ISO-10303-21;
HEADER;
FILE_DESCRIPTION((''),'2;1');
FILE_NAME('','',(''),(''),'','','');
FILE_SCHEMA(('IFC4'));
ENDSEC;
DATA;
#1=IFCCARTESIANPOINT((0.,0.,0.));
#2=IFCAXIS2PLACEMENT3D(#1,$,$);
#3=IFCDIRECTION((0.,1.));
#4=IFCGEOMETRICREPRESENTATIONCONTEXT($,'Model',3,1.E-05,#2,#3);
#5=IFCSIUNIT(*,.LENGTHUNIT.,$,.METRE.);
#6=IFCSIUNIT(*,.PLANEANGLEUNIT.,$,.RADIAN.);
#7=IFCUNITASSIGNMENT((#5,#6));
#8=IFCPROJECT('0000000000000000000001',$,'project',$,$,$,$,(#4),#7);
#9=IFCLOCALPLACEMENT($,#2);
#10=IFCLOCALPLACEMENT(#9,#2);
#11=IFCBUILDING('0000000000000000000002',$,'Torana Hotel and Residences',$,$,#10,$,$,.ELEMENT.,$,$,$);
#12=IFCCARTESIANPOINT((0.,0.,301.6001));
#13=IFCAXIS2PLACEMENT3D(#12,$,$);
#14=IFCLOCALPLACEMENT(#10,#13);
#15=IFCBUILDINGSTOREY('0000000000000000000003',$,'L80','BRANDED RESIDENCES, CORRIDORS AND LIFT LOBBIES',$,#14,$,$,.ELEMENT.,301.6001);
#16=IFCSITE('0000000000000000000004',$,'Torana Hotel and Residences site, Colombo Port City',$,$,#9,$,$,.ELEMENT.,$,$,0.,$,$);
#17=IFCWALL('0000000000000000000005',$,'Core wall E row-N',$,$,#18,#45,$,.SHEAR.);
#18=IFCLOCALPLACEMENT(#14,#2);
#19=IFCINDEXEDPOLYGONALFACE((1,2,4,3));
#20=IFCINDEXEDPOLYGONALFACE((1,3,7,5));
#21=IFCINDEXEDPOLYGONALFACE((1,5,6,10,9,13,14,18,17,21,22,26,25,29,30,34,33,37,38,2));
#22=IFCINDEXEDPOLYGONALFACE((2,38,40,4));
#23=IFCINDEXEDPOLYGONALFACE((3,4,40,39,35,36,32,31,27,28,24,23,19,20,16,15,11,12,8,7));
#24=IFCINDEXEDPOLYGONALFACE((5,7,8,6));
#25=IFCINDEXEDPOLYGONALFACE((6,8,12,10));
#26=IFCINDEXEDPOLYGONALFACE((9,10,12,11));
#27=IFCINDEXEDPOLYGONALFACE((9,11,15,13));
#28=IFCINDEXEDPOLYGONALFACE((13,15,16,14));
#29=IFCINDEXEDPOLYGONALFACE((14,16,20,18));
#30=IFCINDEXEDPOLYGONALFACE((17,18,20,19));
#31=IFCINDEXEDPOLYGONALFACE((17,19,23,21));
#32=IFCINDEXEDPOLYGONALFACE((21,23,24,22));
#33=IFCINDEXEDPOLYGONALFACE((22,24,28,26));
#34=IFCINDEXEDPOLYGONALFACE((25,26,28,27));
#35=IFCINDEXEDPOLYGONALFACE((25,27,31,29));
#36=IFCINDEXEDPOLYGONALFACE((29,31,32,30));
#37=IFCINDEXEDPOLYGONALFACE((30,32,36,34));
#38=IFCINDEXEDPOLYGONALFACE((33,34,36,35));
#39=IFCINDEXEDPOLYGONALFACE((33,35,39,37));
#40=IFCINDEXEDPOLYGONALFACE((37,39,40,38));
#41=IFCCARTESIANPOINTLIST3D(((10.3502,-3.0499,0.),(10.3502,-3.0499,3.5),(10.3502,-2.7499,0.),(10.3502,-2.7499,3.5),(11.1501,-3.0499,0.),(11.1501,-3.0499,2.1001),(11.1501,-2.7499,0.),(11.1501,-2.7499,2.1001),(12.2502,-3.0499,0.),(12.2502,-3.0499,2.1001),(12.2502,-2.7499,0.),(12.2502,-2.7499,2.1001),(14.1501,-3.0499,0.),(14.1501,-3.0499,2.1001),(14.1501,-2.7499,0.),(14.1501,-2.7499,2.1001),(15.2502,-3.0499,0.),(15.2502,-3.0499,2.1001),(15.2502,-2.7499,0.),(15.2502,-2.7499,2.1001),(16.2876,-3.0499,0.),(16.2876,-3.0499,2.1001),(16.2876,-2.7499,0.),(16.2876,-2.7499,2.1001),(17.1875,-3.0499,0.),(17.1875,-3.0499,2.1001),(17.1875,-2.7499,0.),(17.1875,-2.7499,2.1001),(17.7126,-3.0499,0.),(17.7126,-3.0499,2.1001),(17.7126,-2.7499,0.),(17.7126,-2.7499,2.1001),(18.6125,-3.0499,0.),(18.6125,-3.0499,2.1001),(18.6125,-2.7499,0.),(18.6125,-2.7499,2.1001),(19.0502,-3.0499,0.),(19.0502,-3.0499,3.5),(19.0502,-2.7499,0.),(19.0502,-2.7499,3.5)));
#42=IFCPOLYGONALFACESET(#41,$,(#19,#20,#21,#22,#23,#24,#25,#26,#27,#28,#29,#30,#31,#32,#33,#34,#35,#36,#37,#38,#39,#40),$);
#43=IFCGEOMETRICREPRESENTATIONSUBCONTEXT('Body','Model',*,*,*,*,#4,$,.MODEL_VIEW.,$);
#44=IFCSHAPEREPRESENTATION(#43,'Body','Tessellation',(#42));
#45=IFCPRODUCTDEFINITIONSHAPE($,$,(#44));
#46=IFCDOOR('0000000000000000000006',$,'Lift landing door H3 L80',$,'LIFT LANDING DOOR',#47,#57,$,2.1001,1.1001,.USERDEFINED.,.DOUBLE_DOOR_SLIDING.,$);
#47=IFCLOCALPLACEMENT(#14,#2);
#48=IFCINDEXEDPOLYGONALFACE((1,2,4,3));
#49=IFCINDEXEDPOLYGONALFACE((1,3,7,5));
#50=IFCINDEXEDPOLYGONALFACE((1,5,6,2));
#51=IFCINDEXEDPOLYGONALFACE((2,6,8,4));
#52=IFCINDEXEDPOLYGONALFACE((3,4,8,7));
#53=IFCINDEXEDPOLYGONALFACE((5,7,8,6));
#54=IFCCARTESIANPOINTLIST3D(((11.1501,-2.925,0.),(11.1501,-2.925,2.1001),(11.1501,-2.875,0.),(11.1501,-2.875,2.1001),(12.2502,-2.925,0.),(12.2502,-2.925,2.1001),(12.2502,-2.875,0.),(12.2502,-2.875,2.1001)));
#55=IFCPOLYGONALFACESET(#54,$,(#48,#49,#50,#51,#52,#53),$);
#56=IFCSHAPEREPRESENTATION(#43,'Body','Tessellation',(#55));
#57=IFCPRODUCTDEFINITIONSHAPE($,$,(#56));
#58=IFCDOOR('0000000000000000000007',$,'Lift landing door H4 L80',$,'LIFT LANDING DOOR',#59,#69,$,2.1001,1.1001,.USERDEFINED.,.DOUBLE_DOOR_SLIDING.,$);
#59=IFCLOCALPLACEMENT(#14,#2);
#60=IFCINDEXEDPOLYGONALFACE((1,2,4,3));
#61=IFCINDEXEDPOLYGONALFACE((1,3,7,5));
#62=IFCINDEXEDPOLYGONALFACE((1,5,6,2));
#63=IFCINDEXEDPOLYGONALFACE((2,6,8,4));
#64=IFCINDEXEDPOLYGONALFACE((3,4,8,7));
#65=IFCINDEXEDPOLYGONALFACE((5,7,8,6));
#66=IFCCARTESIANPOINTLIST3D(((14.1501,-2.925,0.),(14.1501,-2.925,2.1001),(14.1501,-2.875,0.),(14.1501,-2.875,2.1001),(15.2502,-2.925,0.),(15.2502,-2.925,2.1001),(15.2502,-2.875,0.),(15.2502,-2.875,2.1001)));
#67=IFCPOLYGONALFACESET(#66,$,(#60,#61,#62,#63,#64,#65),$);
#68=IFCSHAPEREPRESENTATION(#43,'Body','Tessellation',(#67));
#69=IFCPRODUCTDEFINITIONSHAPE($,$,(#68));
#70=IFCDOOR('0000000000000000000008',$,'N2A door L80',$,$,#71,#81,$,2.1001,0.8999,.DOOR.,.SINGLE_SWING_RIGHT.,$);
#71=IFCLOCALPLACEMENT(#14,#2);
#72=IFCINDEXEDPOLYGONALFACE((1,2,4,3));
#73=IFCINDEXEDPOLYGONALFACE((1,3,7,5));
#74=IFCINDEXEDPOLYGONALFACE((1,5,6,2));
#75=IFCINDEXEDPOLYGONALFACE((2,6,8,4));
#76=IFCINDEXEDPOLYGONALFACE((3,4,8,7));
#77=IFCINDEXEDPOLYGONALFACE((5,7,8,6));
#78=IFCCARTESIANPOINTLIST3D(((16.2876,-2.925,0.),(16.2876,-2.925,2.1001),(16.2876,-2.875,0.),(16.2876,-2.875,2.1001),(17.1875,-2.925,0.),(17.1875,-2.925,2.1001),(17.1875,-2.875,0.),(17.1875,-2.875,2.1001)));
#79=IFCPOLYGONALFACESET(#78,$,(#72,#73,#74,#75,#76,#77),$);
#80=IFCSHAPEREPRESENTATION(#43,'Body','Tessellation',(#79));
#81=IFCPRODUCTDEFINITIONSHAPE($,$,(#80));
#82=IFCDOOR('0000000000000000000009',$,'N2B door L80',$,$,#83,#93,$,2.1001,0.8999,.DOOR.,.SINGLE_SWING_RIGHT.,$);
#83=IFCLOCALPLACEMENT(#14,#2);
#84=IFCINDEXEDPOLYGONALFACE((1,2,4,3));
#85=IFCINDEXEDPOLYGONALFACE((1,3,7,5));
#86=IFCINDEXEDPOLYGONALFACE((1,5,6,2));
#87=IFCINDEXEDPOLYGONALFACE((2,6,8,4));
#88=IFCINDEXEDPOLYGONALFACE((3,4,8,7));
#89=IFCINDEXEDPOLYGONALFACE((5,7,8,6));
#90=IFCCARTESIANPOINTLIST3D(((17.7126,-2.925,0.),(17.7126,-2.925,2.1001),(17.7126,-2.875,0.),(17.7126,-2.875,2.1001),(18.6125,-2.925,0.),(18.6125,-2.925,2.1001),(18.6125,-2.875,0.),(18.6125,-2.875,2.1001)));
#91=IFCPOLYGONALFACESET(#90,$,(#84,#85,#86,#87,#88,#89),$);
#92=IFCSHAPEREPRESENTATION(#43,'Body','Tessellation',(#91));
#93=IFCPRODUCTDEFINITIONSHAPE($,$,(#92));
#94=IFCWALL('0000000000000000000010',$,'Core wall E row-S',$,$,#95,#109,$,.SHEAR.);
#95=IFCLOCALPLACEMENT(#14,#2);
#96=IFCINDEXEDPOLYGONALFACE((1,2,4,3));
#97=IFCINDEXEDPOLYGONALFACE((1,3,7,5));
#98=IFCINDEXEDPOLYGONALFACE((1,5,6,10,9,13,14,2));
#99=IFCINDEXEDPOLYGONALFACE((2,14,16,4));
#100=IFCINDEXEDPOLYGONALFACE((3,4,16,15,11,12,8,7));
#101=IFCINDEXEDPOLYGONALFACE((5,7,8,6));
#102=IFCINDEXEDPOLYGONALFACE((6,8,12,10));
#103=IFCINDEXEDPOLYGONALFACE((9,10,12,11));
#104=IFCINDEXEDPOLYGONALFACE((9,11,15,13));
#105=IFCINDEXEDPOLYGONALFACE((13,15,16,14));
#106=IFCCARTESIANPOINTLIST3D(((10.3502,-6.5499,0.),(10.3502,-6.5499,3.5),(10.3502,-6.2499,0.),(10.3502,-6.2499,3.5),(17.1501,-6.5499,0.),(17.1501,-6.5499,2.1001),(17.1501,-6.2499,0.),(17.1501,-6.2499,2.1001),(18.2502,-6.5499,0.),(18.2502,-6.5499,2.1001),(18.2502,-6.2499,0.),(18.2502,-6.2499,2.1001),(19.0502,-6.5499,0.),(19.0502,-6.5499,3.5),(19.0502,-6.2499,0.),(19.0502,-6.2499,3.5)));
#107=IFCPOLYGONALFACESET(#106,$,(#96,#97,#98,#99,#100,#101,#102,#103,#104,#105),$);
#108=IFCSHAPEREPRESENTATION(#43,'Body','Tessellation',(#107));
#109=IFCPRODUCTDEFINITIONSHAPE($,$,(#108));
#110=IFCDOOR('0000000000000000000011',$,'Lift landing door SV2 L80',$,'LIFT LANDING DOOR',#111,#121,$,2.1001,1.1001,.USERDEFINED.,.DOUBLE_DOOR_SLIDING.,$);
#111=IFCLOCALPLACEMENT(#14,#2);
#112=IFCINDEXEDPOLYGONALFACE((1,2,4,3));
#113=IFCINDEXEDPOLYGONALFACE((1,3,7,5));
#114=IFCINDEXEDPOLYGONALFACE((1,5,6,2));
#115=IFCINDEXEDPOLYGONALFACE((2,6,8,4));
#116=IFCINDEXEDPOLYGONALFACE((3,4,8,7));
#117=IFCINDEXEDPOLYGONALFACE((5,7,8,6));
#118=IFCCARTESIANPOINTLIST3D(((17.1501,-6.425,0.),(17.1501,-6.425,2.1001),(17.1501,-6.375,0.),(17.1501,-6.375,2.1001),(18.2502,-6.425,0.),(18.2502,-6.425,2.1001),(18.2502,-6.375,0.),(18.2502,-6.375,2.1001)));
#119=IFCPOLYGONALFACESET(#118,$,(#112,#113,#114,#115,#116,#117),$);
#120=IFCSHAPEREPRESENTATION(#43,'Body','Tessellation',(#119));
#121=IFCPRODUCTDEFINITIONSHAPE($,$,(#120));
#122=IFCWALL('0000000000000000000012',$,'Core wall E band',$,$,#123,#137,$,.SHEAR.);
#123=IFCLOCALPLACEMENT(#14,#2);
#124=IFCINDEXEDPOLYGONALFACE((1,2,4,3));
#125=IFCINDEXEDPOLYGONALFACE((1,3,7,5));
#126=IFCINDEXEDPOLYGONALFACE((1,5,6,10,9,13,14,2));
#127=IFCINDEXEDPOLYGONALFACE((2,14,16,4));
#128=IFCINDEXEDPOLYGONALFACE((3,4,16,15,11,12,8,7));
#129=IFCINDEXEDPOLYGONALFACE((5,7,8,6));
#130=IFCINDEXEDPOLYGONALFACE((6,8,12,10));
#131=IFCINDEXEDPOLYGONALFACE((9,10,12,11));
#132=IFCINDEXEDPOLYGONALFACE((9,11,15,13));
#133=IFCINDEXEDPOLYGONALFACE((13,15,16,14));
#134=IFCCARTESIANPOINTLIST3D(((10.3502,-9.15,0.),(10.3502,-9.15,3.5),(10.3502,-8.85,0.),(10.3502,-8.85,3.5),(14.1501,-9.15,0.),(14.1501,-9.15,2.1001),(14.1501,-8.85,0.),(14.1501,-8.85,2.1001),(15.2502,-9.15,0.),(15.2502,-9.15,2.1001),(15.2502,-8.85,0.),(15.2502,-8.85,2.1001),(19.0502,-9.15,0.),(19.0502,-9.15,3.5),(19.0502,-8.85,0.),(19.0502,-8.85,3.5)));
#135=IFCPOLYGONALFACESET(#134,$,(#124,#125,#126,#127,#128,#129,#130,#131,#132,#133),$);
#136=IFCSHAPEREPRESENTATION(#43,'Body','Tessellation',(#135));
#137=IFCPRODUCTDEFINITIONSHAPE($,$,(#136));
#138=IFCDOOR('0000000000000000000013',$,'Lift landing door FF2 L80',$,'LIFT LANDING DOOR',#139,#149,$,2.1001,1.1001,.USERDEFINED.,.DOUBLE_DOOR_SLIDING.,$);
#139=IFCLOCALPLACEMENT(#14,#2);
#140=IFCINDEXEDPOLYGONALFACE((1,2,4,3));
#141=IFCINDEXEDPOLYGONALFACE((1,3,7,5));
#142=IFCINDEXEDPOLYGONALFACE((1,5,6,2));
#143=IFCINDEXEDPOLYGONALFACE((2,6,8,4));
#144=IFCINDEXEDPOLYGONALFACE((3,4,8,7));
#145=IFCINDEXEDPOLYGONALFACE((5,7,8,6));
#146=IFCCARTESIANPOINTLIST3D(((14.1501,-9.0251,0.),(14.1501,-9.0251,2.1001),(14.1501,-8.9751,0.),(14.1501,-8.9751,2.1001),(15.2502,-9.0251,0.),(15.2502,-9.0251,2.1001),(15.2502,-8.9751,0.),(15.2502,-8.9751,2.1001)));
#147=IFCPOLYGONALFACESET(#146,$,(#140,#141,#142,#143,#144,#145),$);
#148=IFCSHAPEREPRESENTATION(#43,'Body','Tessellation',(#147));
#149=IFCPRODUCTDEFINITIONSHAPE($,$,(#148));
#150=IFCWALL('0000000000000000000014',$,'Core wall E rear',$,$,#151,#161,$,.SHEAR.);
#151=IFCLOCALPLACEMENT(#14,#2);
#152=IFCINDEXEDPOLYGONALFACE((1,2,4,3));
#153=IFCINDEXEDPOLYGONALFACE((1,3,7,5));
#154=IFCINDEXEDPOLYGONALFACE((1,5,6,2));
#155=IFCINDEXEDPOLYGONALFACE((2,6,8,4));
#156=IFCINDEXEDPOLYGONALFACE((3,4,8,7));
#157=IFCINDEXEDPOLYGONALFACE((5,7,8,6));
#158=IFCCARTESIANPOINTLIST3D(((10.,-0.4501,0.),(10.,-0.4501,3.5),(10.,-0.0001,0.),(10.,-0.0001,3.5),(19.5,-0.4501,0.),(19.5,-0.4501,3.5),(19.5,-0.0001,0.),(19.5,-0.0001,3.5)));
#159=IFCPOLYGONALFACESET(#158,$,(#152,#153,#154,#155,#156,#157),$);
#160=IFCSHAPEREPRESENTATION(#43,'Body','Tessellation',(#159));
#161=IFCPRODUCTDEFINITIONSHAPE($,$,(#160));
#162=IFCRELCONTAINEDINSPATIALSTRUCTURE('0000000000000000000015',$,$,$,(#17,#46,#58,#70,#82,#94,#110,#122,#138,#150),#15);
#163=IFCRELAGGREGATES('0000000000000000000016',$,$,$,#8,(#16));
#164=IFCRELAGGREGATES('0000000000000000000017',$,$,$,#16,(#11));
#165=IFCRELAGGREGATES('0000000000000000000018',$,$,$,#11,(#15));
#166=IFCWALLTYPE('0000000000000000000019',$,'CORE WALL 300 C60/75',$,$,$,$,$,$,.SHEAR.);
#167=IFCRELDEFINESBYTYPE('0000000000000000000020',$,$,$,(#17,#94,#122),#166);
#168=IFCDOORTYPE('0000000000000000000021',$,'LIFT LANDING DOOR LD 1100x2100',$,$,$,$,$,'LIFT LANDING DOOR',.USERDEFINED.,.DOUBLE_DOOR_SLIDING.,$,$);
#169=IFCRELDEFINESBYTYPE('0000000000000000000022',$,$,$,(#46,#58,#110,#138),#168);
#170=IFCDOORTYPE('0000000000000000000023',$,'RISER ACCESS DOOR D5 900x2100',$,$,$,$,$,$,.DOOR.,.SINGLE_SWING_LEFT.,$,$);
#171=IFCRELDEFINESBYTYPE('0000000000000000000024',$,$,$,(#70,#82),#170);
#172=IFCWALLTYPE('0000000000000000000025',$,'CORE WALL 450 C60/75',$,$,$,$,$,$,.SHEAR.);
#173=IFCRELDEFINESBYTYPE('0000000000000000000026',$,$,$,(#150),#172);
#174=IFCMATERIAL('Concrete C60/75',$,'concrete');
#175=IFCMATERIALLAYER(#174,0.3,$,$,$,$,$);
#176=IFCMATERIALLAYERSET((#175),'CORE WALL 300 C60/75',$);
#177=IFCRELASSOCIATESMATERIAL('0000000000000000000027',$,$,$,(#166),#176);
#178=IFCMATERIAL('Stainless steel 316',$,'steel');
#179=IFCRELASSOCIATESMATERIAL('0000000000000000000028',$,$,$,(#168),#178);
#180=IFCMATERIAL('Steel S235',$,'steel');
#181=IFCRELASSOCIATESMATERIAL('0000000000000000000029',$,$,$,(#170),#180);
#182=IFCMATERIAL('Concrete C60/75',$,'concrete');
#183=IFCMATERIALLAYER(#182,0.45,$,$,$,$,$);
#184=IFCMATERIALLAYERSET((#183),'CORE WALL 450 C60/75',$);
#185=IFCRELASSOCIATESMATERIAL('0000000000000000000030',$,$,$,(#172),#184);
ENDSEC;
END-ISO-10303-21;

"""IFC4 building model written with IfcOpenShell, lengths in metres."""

from ifc_helpers import new_model, si_unit, direction, frame, frame_2d, origin, place, context, subcontext, project, spatial, rectangle, extrude, material, layer, layer_set, type_object, element, fill, save


model = new_model("IFC4")

# Units and contexts
model_context = context("Model", 3, precision=1e-05, world=origin(), true_north=direction((0.0, 1.0)))
body_context = subcontext(model_context, "Body", "Model", "MODEL_VIEW")
ifc_project = project(units=[si_unit("LENGTHUNIT", "METRE"), si_unit("PLANEANGLEUNIT", "RADIAN")], contexts=[model_context])

# Site, building, storey
site_placement = place(None, origin())
site = spatial("IfcSite", under=ifc_project, at=site_placement, Name="Torana Hotel and Residences site, Colombo Port City", CompositionType="ELEMENT", RefElevation=0.0)
building_placement = place(site_placement, origin())
building = spatial("IfcBuilding", under=site, at=building_placement, Name="Torana Hotel and Residences", CompositionType="ELEMENT")
storey_placement = place(building_placement, frame((0.0, 0.0, 301.6001)))
storey = spatial("IfcBuildingStorey", under=building, at=storey_placement, Name="L80", Description="BRANDED RESIDENCES, CORRIDORS AND LIFT LOBBIES", CompositionType="ELEMENT", Elevation=301.6001)

# Wall, openings, doors
ifc_material_1 = material(Name="Concrete C60/75", Category="concrete")
ifc_layer_1 = layer(ifc_material_1, 0.3)
ifc_layer_set_1 = layer_set([ifc_layer_1], Name="CORE WALL 300 C60/75")
wall_type_1 = type_object("IfcWallType", Name="CORE WALL 300 C60/75", PredefinedType="SHEAR", material=ifc_layer_set_1)
wall_1_placement = place(storey_placement, frame((10.3501, -2.8999, 0.0), z_axis=(0.0, 0.0, 1.0), x_axis=(1.0, 0.0, 0.0)))
wall_1 = element("IfcWall", 1, at=wall_1_placement, inside=storey, type_object=wall_type_1, Name="Core wall E row-N", PredefinedType="SHEAR", context=body_context, shape_type="SweptSolid", body=[
    extrude(rectangle(XDim=8.7, YDim=0.3, at=frame_2d((4.3501, 0.0))), origin(), (0.0, 0.0, 1.0), 3.5),
])
opening_1_placement = place(wall_1_placement, frame((0.8, 0.0, 0.0)))
opening_1 = element("IfcOpeningElement", 2, at=opening_1_placement, cuts=wall_1, PredefinedType="OPENING", context=body_context, shape_type="SweptSolid", body=[
    extrude(rectangle(XDim=1.1001, YDim=2.1001, at=frame_2d((0.55, 1.05))), frame((0.0, 0.1599, 0.0), z_axis=(0.0, -1.0, 0.0), x_axis=(1.0, 0.0, 0.0)), (0.0, 0.0, 1.0), 0.3201),
])
opening_2_placement = place(wall_1_placement, frame((3.8, 0.0, 0.0)))
opening_2 = element("IfcOpeningElement", 3, at=opening_2_placement, cuts=wall_1, PredefinedType="OPENING", context=body_context, shape_type="SweptSolid", body=[
    extrude(rectangle(XDim=1.1001, YDim=2.1001, at=frame_2d((0.55, 1.05))), frame((0.0, 0.1599, 0.0), z_axis=(0.0, -1.0, 0.0), x_axis=(1.0, 0.0, 0.0)), (0.0, 0.0, 1.0), 0.3201),
])
opening_3_placement = place(wall_1_placement, frame((5.9375, 0.0, 0.0)))
opening_3 = element("IfcOpeningElement", 4, at=opening_3_placement, cuts=wall_1, PredefinedType="OPENING", context=body_context, shape_type="SweptSolid", body=[
    extrude(rectangle(XDim=0.8999, YDim=2.1001, at=frame_2d((0.45, 1.05))), frame((0.0, 0.1599, 0.0), z_axis=(0.0, -1.0, 0.0), x_axis=(1.0, 0.0, 0.0)), (0.0, 0.0, 1.0), 0.3201),
])
opening_4_placement = place(wall_1_placement, frame((7.3625, 0.0, 0.0)))
opening_4 = element("IfcOpeningElement", 5, at=opening_4_placement, cuts=wall_1, PredefinedType="OPENING", context=body_context, shape_type="SweptSolid", body=[
    extrude(rectangle(XDim=0.8999, YDim=2.1001, at=frame_2d((0.45, 1.05))), frame((0.0, 0.1599, 0.0), z_axis=(0.0, -1.0, 0.0), x_axis=(1.0, 0.0, 0.0)), (0.0, 0.0, 1.0), 0.3201),
])
ifc_material_2 = material(Name="Stainless steel 316", Category="steel")
door_type_1 = type_object("IfcDoorType", Name="LIFT LANDING DOOR LD 1100x2100", ElementType="LIFT LANDING DOOR", OperationType="DOUBLE_DOOR_SLIDING", PredefinedType="USERDEFINED", material=ifc_material_2)
door_1_placement = place(opening_1_placement, origin())
door_1 = element("IfcDoor", 6, at=door_1_placement, inside=storey, type_object=door_type_1, Name="Lift landing door H3 L80", ObjectType="LIFT LANDING DOOR", OperationType="DOUBLE_DOOR_SLIDING", OverallHeight=2.1001, OverallWidth=1.1001, PredefinedType="USERDEFINED", context=body_context, shape_type="SweptSolid", body=[
    extrude(rectangle(XDim=1.1001, YDim=2.1001, at=frame_2d((0.55, 1.05))), frame((0.0, 0.0249, 0.0), z_axis=(0.0, -1.0, 0.0), x_axis=(1.0, 0.0, 0.0)), (0.0, 0.0, 1.0), 0.05),
])
fill(opening_1, door_1)
door_2_placement = place(opening_2_placement, origin())
door_2 = element("IfcDoor", 7, at=door_2_placement, inside=storey, type_object=door_type_1, Name="Lift landing door H4 L80", ObjectType="LIFT LANDING DOOR", OperationType="DOUBLE_DOOR_SLIDING", OverallHeight=2.1001, OverallWidth=1.1001, PredefinedType="USERDEFINED", context=body_context, shape_type="SweptSolid", body=[
    extrude(rectangle(XDim=1.1001, YDim=2.1001, at=frame_2d((0.55, 1.05))), frame((0.0, 0.0249, 0.0), z_axis=(0.0, -1.0, 0.0), x_axis=(1.0, 0.0, 0.0)), (0.0, 0.0, 1.0), 0.05),
])
fill(opening_2, door_2)
ifc_material_3 = material(Name="Steel S235", Category="steel")
door_type_2 = type_object("IfcDoorType", Name="RISER ACCESS DOOR D5 900x2100", OperationType="SINGLE_SWING_LEFT", PredefinedType="DOOR", material=ifc_material_3)
door_3_placement = place(opening_3_placement, origin())
door_3 = element("IfcDoor", 8, at=door_3_placement, inside=storey, type_object=door_type_2, Name="N2A door L80", OperationType="SINGLE_SWING_RIGHT", OverallHeight=2.1001, OverallWidth=0.8999, PredefinedType="DOOR", context=body_context, shape_type="SweptSolid", body=[
    extrude(rectangle(XDim=0.8999, YDim=2.1001, at=frame_2d((0.45, 1.05))), frame((0.0, 0.0249, 0.0), z_axis=(0.0, -1.0, 0.0), x_axis=(1.0, 0.0, 0.0)), (0.0, 0.0, 1.0), 0.05),
])
fill(opening_3, door_3)
door_4_placement = place(opening_4_placement, origin())
door_4 = element("IfcDoor", 9, at=door_4_placement, inside=storey, type_object=door_type_2, Name="N2B door L80", OperationType="SINGLE_SWING_RIGHT", OverallHeight=2.1001, OverallWidth=0.8999, PredefinedType="DOOR", context=body_context, shape_type="SweptSolid", body=[
    extrude(rectangle(XDim=0.8999, YDim=2.1001, at=frame_2d((0.45, 1.05))), frame((0.0, 0.0249, 0.0), z_axis=(0.0, -1.0, 0.0), x_axis=(1.0, 0.0, 0.0)), (0.0, 0.0, 1.0), 0.05),
])
fill(opening_4, door_4)

# Walls, openings, doors
wall_2_placement = place(storey_placement, frame((10.3501, -6.3999, 0.0), z_axis=(0.0, 0.0, 1.0), x_axis=(1.0, 0.0, 0.0)))
wall_2 = element("IfcWall", 10, at=wall_2_placement, inside=storey, type_object=wall_type_1, Name="Core wall E row-S", PredefinedType="SHEAR", context=body_context, shape_type="SweptSolid", body=[
    extrude(rectangle(XDim=8.7, YDim=0.3, at=frame_2d((4.3501, 0.0))), origin(), (0.0, 0.0, 1.0), 3.5),
])
opening_5_placement = place(wall_2_placement, frame((6.8, 0.0, 0.0)))
opening_5 = element("IfcOpeningElement", 11, at=opening_5_placement, cuts=wall_2, PredefinedType="OPENING", context=body_context, shape_type="SweptSolid", body=[
    extrude(rectangle(XDim=1.1001, YDim=2.1001, at=frame_2d((0.55, 1.05))), frame((0.0, 0.1599, 0.0), z_axis=(0.0, -1.0, 0.0), x_axis=(1.0, 0.0, 0.0)), (0.0, 0.0, 1.0), 0.3201),
])
door_5_placement = place(opening_5_placement, origin())
door_5 = element("IfcDoor", 12, at=door_5_placement, inside=storey, type_object=door_type_1, Name="Lift landing door SV2 L80", ObjectType="LIFT LANDING DOOR", OperationType="DOUBLE_DOOR_SLIDING", OverallHeight=2.1001, OverallWidth=1.1001, PredefinedType="USERDEFINED", context=body_context, shape_type="SweptSolid", body=[
    extrude(rectangle(XDim=1.1001, YDim=2.1001, at=frame_2d((0.55, 1.05))), frame((0.0, 0.0249, 0.0), z_axis=(0.0, -1.0, 0.0), x_axis=(1.0, 0.0, 0.0)), (0.0, 0.0, 1.0), 0.05),
])
fill(opening_5, door_5)
wall_3_placement = place(storey_placement, frame((10.3501, -9.0, 0.0), z_axis=(0.0, 0.0, 1.0), x_axis=(1.0, 0.0, 0.0)))
wall_3 = element("IfcWall", 13, at=wall_3_placement, inside=storey, type_object=wall_type_1, Name="Core wall E band", PredefinedType="SHEAR", context=body_context, shape_type="SweptSolid", body=[
    extrude(rectangle(XDim=8.7, YDim=0.3, at=frame_2d((4.3501, 0.0))), origin(), (0.0, 0.0, 1.0), 3.5),
])
opening_6_placement = place(wall_3_placement, frame((3.8, 0.0, 0.0)))
opening_6 = element("IfcOpeningElement", 14, at=opening_6_placement, cuts=wall_3, PredefinedType="OPENING", context=body_context, shape_type="SweptSolid", body=[
    extrude(rectangle(XDim=1.1001, YDim=2.1001, at=frame_2d((0.55, 1.05))), frame((0.0, 0.1599, 0.0), z_axis=(0.0, -1.0, 0.0), x_axis=(1.0, 0.0, 0.0)), (0.0, 0.0, 1.0), 0.3201),
])
door_6_placement = place(opening_6_placement, origin())
door_6 = element("IfcDoor", 15, at=door_6_placement, inside=storey, type_object=door_type_1, Name="Lift landing door FF2 L80", ObjectType="LIFT LANDING DOOR", OperationType="DOUBLE_DOOR_SLIDING", OverallHeight=2.1001, OverallWidth=1.1001, PredefinedType="USERDEFINED", context=body_context, shape_type="SweptSolid", body=[
    extrude(rectangle(XDim=1.1001, YDim=2.1001, at=frame_2d((0.55, 1.05))), frame((0.0, 0.0249, 0.0), z_axis=(0.0, -1.0, 0.0), x_axis=(1.0, 0.0, 0.0)), (0.0, 0.0, 1.0), 0.05),
])
fill(opening_6, door_6)

# Wall
ifc_material_4 = material(Name="Concrete C60/75", Category="concrete")
ifc_layer_2 = layer(ifc_material_4, 0.45)
ifc_layer_set_2 = layer_set([ifc_layer_2], Name="CORE WALL 450 C60/75")
wall_type_2 = type_object("IfcWallType", Name="CORE WALL 450 C60/75", PredefinedType="SHEAR", material=ifc_layer_set_2)
wall_4_placement = place(storey_placement, frame((10.0, -0.2251, 0.0), z_axis=(0.0, 0.0, 1.0), x_axis=(1.0, 0.0, 0.0)))
element("IfcWall", 16, at=wall_4_placement, inside=storey, type_object=wall_type_2, Name="Core wall E rear", PredefinedType="SHEAR", context=body_context, shape_type="SweptSolid", body=[
    extrude(rectangle(XDim=9.5, YDim=0.45, at=frame_2d((4.75, 0.0))), origin(), (0.0, 0.0, 1.0), 3.5),
])

save(model, "model.ifc")
